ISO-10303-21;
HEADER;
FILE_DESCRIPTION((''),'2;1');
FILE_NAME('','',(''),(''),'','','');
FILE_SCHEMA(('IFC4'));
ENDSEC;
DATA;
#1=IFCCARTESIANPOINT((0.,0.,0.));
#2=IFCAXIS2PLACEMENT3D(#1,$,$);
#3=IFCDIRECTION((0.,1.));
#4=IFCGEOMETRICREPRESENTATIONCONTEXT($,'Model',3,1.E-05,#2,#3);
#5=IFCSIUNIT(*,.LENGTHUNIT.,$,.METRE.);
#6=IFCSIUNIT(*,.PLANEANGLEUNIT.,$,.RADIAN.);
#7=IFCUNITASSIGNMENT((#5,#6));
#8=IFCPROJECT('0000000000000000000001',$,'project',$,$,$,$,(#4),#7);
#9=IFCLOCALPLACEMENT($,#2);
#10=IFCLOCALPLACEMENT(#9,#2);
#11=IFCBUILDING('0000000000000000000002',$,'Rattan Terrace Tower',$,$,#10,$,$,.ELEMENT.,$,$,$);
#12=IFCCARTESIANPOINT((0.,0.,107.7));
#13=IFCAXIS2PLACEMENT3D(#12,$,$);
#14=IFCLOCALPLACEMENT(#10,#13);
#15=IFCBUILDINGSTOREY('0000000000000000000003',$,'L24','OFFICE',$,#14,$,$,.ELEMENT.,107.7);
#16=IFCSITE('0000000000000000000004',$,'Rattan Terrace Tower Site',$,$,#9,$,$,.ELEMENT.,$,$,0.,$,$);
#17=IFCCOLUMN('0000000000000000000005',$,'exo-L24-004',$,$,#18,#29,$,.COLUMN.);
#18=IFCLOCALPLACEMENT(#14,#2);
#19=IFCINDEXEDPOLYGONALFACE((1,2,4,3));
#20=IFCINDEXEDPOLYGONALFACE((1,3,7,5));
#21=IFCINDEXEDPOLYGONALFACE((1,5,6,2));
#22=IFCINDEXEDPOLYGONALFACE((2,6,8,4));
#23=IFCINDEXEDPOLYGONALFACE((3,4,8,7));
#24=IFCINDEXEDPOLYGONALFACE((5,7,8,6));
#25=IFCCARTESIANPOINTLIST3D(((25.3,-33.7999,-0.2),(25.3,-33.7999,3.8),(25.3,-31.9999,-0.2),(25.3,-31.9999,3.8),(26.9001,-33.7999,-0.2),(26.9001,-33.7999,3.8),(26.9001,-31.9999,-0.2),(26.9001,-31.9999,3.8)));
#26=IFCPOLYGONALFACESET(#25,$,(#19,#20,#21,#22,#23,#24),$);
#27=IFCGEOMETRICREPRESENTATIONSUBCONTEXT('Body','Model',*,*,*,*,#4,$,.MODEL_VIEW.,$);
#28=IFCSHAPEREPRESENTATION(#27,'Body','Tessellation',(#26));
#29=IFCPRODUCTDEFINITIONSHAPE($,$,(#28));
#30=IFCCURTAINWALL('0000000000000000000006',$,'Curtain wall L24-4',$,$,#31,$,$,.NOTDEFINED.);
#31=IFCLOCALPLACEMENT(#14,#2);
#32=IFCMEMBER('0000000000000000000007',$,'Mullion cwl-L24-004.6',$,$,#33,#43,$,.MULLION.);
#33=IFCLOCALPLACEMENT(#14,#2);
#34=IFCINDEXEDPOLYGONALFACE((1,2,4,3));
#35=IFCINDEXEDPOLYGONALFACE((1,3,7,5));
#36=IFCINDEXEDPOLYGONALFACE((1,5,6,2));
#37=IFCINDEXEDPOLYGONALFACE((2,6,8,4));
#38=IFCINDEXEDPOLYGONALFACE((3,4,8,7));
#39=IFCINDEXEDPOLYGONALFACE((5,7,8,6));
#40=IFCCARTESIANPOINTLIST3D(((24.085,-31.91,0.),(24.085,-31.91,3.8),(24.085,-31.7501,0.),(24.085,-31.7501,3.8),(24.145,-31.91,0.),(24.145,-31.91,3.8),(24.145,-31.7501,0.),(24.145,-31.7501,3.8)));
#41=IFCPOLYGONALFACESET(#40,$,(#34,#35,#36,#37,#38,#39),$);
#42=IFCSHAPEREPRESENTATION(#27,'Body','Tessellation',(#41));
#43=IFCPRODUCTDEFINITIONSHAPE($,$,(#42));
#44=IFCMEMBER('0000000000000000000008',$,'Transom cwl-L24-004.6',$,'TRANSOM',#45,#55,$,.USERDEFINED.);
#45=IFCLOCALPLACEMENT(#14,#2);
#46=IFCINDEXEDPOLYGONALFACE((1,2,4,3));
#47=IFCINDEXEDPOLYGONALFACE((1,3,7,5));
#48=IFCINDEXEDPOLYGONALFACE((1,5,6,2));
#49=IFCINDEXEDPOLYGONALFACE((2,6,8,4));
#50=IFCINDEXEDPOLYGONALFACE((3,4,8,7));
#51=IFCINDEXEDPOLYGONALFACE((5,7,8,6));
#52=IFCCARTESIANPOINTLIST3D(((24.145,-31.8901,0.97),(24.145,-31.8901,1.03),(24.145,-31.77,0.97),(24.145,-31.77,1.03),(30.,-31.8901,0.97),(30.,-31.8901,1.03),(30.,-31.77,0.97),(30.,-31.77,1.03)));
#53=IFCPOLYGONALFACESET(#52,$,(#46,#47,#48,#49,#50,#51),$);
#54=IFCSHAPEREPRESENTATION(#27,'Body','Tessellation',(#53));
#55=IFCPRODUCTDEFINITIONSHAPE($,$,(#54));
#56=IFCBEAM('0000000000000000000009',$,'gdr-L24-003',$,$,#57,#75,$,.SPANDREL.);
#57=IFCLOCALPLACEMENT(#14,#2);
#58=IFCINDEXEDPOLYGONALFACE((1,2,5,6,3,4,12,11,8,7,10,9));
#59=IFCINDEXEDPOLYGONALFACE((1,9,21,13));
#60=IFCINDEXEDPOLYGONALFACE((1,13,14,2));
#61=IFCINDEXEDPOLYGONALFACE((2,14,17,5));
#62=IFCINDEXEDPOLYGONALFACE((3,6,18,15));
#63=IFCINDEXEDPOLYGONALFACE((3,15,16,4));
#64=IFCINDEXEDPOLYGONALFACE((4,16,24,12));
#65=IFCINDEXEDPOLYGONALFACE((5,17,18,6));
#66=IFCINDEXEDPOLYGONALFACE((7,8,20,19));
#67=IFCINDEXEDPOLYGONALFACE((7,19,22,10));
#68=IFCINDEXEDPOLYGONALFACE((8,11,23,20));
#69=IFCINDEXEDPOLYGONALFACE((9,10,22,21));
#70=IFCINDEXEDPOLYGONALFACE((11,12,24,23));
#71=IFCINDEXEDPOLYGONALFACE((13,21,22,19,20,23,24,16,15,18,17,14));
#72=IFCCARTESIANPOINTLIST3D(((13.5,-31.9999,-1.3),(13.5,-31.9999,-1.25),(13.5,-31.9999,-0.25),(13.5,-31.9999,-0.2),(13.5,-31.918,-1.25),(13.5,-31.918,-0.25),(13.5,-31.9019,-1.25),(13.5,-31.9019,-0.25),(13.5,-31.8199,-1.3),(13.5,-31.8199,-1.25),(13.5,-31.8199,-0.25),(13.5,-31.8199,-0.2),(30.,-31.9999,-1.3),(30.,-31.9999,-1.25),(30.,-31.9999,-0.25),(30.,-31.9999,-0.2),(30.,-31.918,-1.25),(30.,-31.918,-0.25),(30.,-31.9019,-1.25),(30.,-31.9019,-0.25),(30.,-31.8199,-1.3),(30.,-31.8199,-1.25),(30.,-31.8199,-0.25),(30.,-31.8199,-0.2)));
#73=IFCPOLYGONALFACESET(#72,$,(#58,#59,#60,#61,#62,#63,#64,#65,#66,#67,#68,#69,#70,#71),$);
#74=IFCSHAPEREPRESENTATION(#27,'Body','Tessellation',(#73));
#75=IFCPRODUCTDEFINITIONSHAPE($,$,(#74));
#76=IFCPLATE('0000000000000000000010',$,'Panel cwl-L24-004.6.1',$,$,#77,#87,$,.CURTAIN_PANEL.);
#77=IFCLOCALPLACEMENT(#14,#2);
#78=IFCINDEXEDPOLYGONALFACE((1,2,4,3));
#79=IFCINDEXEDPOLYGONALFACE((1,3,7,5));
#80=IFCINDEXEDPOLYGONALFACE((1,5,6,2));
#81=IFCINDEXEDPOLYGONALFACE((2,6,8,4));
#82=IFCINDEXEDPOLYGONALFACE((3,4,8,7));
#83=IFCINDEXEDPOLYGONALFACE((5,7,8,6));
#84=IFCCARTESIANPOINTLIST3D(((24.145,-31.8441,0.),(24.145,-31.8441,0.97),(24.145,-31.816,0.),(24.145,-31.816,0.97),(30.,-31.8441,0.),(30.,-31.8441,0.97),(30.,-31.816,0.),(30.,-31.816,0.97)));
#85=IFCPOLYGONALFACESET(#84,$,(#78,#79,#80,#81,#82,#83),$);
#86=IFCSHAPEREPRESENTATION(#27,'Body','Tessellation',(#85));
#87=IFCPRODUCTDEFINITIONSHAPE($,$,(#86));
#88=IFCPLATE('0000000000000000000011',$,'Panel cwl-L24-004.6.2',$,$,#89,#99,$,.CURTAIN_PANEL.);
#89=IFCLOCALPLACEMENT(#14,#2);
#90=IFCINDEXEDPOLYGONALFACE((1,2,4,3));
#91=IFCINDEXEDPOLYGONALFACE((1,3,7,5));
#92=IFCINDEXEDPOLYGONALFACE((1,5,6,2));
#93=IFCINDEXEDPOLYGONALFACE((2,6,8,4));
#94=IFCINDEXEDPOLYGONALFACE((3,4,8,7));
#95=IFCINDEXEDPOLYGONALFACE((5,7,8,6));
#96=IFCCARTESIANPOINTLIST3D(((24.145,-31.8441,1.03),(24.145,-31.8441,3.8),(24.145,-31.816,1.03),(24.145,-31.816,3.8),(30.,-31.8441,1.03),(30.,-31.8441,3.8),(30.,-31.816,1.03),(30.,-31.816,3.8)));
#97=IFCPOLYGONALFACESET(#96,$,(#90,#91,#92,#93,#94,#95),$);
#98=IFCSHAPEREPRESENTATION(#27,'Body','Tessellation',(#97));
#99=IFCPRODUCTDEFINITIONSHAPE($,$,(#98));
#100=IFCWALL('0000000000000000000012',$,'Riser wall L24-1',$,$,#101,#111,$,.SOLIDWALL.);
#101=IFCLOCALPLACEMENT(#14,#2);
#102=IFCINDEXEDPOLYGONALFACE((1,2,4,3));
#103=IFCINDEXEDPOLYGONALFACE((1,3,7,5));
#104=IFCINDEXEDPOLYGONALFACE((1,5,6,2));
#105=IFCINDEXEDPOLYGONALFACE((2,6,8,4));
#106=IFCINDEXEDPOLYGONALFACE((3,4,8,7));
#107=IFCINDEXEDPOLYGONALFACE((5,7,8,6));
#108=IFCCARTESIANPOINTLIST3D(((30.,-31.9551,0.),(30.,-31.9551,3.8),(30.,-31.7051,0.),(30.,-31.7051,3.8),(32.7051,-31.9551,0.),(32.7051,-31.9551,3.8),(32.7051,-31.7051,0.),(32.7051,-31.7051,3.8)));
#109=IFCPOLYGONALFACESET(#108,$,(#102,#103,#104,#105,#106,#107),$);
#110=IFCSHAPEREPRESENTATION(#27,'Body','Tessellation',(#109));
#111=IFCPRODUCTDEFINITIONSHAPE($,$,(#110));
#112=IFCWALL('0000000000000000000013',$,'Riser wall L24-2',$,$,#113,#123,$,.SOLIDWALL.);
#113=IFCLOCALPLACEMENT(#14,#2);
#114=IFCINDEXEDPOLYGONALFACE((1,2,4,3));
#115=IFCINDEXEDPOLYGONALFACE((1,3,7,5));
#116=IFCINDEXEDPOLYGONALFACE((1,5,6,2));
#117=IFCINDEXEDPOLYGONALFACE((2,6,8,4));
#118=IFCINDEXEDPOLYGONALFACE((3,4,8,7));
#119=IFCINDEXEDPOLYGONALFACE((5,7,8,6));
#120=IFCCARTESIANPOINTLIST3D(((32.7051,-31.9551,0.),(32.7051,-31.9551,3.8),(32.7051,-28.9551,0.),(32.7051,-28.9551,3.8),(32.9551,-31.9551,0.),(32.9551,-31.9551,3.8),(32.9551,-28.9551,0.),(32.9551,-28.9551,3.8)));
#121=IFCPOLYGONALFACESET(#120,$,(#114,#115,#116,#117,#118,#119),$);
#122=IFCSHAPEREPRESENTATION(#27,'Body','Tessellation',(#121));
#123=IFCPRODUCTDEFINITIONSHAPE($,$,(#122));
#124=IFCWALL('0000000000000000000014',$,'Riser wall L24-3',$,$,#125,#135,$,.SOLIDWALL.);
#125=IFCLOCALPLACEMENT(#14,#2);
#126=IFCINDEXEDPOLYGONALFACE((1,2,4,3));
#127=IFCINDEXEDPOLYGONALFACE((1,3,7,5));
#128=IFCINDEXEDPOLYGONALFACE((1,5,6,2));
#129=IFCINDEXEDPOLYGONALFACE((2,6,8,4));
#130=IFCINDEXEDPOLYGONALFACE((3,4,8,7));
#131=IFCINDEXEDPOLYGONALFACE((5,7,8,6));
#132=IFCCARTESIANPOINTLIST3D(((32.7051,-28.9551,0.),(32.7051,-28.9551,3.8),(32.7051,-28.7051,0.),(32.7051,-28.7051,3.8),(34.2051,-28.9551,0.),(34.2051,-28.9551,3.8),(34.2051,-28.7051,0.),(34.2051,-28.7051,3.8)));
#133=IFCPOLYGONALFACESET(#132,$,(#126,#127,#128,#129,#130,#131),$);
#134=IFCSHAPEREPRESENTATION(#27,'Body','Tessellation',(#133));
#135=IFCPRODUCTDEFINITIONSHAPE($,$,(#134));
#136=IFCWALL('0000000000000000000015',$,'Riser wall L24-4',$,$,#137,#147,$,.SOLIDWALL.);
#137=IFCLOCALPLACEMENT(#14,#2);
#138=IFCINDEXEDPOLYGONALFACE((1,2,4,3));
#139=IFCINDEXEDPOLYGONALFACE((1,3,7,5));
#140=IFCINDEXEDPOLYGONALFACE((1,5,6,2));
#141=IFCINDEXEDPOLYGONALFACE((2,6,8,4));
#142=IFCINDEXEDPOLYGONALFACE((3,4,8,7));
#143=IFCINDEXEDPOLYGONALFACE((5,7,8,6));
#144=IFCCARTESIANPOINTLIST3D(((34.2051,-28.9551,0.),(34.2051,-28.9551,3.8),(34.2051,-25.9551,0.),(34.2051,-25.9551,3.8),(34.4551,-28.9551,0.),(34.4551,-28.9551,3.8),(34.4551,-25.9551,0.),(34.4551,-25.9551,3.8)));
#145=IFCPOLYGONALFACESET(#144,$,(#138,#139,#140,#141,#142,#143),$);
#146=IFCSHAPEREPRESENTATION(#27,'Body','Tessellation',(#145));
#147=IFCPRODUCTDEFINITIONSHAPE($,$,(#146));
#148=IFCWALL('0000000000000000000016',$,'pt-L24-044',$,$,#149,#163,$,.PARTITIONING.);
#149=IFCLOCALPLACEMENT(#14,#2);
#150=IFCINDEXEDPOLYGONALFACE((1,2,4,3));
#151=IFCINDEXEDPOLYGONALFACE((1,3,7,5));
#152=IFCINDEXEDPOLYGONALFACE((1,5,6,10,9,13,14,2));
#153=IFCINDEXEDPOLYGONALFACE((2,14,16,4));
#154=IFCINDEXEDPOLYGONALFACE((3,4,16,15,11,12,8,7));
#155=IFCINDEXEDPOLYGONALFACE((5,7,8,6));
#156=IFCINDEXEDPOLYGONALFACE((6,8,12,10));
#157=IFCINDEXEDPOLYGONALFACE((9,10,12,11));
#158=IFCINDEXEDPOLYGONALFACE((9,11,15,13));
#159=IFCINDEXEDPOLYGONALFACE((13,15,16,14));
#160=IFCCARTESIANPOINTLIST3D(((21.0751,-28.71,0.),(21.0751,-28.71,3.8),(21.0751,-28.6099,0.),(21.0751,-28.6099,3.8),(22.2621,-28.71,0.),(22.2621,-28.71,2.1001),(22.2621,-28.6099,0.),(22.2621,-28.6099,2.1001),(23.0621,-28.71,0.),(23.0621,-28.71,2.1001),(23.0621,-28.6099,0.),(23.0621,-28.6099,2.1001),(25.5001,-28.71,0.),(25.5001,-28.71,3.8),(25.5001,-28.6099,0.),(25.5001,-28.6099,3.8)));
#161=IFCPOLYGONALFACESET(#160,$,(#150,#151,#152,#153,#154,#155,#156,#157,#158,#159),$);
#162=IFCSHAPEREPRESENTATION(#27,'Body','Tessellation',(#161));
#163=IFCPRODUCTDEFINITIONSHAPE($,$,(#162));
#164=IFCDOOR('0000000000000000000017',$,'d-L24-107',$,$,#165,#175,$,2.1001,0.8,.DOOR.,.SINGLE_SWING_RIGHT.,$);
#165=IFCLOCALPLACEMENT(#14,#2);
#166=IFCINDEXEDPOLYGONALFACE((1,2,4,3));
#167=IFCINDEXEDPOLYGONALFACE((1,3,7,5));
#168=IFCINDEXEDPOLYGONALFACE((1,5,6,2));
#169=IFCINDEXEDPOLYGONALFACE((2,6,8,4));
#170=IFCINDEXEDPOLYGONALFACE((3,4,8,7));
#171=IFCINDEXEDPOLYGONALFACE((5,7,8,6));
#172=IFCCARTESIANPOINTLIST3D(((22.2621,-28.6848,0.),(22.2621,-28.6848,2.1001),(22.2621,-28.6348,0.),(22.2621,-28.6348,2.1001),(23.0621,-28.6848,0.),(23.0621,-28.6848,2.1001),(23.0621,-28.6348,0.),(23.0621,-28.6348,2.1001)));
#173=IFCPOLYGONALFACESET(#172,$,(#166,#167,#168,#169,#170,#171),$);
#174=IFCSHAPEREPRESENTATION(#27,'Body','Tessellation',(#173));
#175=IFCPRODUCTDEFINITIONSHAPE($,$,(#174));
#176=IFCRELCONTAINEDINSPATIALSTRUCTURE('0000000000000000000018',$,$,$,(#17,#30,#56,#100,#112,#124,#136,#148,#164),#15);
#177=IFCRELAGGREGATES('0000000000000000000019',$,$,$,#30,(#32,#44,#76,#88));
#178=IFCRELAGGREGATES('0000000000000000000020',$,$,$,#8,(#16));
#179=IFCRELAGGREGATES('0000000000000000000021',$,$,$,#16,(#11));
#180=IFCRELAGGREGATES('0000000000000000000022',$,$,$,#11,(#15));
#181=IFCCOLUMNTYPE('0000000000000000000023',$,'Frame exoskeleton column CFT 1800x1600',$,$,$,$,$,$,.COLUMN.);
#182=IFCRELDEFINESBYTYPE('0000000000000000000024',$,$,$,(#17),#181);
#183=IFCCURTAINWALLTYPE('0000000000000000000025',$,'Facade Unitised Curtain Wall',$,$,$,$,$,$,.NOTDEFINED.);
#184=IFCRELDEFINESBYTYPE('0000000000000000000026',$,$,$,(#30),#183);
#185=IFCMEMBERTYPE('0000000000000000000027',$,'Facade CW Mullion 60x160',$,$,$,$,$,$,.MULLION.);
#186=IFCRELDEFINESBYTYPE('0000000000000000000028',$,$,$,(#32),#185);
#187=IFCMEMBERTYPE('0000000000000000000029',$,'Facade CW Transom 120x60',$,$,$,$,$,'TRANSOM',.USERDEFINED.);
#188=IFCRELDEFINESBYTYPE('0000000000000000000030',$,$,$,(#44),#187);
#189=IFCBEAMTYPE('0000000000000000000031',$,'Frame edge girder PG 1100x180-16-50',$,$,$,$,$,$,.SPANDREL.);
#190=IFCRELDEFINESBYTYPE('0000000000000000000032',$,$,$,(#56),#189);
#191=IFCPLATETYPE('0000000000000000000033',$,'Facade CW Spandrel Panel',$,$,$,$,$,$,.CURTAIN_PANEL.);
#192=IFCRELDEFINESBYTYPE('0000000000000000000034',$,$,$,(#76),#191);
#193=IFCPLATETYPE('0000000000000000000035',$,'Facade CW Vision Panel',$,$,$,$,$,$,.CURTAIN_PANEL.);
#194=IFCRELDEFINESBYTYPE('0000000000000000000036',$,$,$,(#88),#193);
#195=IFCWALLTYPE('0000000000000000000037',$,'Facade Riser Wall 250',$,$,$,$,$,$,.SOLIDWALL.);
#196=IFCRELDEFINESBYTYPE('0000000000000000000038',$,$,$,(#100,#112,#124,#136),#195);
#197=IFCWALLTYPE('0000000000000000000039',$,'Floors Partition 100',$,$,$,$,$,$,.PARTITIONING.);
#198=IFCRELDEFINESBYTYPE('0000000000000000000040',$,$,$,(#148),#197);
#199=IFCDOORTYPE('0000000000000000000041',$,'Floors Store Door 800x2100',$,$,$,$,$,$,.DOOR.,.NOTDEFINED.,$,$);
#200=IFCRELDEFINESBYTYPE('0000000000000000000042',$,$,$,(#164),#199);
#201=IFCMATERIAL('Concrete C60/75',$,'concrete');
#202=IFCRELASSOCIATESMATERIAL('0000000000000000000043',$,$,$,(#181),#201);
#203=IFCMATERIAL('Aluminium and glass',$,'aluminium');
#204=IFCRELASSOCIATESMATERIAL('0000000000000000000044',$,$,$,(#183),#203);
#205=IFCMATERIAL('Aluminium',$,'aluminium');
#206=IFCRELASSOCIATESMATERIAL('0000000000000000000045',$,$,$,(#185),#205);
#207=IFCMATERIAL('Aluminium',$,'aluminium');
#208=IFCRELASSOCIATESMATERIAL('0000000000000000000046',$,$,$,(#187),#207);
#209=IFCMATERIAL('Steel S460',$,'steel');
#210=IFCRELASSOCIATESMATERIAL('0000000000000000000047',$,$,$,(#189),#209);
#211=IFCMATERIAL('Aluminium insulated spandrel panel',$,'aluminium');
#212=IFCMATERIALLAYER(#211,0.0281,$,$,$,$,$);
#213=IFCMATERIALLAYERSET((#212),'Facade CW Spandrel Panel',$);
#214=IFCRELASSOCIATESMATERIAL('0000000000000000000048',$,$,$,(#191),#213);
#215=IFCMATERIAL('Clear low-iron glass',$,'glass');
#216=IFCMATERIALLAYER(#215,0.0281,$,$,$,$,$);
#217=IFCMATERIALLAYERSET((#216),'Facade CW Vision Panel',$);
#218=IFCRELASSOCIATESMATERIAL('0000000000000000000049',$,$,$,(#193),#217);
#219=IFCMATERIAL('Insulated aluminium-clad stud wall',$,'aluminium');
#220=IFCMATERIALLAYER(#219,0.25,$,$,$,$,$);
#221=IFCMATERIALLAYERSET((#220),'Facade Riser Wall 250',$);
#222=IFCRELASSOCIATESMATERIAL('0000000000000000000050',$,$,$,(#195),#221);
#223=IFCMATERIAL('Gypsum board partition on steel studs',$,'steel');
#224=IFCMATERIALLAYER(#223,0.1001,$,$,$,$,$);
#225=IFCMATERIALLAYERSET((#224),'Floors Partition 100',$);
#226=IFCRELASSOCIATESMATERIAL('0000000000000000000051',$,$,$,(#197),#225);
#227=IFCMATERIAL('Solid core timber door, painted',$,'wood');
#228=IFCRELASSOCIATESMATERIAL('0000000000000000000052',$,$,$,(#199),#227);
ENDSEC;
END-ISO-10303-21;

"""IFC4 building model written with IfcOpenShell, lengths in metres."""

from ifc_helpers import new_model, si_unit, direction, frame, frame_2d, origin, origin_2d, place, context, subcontext, project, spatial, rectangle, i_section, extrude, material, layer, layer_set, material_profile, profile_set, type_object, element, fill, aggregate, save


model = new_model("IFC4")

# Units and contexts
model_context = context("Model", 3, precision=1e-05, world=origin(), true_north=direction((0.0, 1.0)))
body_context = subcontext(model_context, "Body", "Model", "MODEL_VIEW")
ifc_project = project(units=[si_unit("LENGTHUNIT", "METRE"), si_unit("PLANEANGLEUNIT", "RADIAN")], contexts=[model_context])

# Site, building, storey
site_placement = place(None, origin())
site = spatial("IfcSite", under=ifc_project, at=site_placement, Name="Rattan Terrace Tower Site", CompositionType="ELEMENT", RefElevation=0.0)
building_placement = place(site_placement, origin())
building = spatial("IfcBuilding", under=site, at=building_placement, Name="Rattan Terrace Tower", CompositionType="ELEMENT")
storey_placement = place(building_placement, frame((0.0, 0.0, 107.7)))
storey = spatial("IfcBuildingStorey", under=building, at=storey_placement, Name="L24", Description="OFFICE", CompositionType="ELEMENT", Elevation=107.7)

# Column
ifc_material_1 = material(Name="Concrete C60/75", Category="concrete")
ifc_material_profile_1 = material_profile(ifc_material_1, rectangle(XDim=1.6001, YDim=1.8, at=origin_2d()), Name="CFT 1800x1600")
ifc_profile_set_1 = profile_set([ifc_material_profile_1], Name="Concrete C60/75")
column_type = type_object("IfcColumnType", Name="Frame exoskeleton column CFT 1800x1600", PredefinedType="COLUMN", material=ifc_profile_set_1)
column_placement = place(storey_placement, frame((26.1001, -32.8999, -0.2), z_axis=(0.0, 0.0, 1.0), x_axis=(1.0, 0.0, 0.0)))
element("IfcColumn", 1, at=column_placement, inside=storey, type_object=column_type, Name="exo-L24-004", PredefinedType="COLUMN", context=body_context, shape_type="SweptSolid", body=[
    extrude(rectangle(XDim=1.6001, YDim=1.8, at=origin_2d()), origin(), (0.0, 0.0, 1.0), 4.0),
])

# Curtain wall, members
ifc_material_2 = material(Name="Aluminium and glass", Category="aluminium")
curtain_wall_type = type_object("IfcCurtainWallType", Name="Facade Unitised Curtain Wall", PredefinedType="NOTDEFINED", material=ifc_material_2)
curtain_wall_placement = place(storey_placement, origin())
curtain_wall = element("IfcCurtainWall", 2, at=curtain_wall_placement, inside=storey, type_object=curtain_wall_type, Name="Curtain wall L24-4", PredefinedType="NOTDEFINED")
ifc_material_3 = material(Name="Aluminium", Category="aluminium")
ifc_material_profile_2 = material_profile(ifc_material_3, rectangle(XDim=0.0601, YDim=0.1599, at=origin_2d()), Name="Aluminium 60x160")
ifc_profile_set_2 = profile_set([ifc_material_profile_2], Name="Aluminium")
member_type_1 = type_object("IfcMemberType", Name="Facade CW Mullion 60x160", PredefinedType="MULLION", material=ifc_profile_set_2)
member_1_placement = place(storey_placement, frame((24.115, -31.8301, 0.0), z_axis=(0.0, 0.0, 1.0), x_axis=(1.0, 0.0, 0.0)))
member_1 = element("IfcMember", 3, at=member_1_placement, type_object=member_type_1, Name="Mullion cwl-L24-004.6", PredefinedType="MULLION", context=body_context, shape_type="SweptSolid", body=[
    extrude(rectangle(XDim=0.0601, YDim=0.1599, at=origin_2d()), origin(), (0.0, 0.0, 1.0), 3.8),
])
ifc_material_4 = material(Name="Aluminium", Category="aluminium")
ifc_material_profile_3 = material_profile(ifc_material_4, rectangle(XDim=0.1201, YDim=0.0601, at=origin_2d()), Name="Aluminium 120x60")
ifc_profile_set_3 = profile_set([ifc_material_profile_3], Name="Aluminium")
member_type_2 = type_object("IfcMemberType", Name="Facade CW Transom 120x60", ElementType="TRANSOM", PredefinedType="USERDEFINED", material=ifc_profile_set_3)
member_2_placement = place(storey_placement, frame((24.145, -31.8301, 1.0), z_axis=(1.0, 0.0, 0.0), x_axis=(0.0, 1.0, 0.0)))
member_2 = element("IfcMember", 4, at=member_2_placement, type_object=member_type_2, Name="Transom cwl-L24-004.6", ObjectType="TRANSOM", PredefinedType="USERDEFINED", context=body_context, shape_type="SweptSolid", body=[
    extrude(rectangle(XDim=0.1201, YDim=0.0601, at=origin_2d()), origin(), (0.0, 0.0, 1.0), 5.855),
])

# Beam
ifc_material_5 = material(Name="Steel S460", Category="steel")
ifc_material_profile_4 = material_profile(ifc_material_5, i_section(OverallWidth=0.1799, OverallDepth=1.1001, WebThickness=0.0161, FlangeThickness=0.05, at=origin_2d()), Name="PG 1100x180-16-50")
ifc_profile_set_4 = profile_set([ifc_material_profile_4], Name="Steel S460")
beam_type = type_object("IfcBeamType", Name="Frame edge girder PG 1100x180-16-50", PredefinedType="SPANDREL", material=ifc_profile_set_4)
beam_placement = place(storey_placement, frame((30.0, -31.9099, -0.75), z_axis=(-1.0, 0.0, 0.0), x_axis=(0.0, -1.0, 0.0)))
element("IfcBeam", 5, at=beam_placement, inside=storey, type_object=beam_type, Name="gdr-L24-003", PredefinedType="SPANDREL", context=body_context, shape_type="SweptSolid", body=[
    extrude(i_section(OverallWidth=0.1799, OverallDepth=1.1001, WebThickness=0.0161, FlangeThickness=0.05, at=origin_2d()), origin(), (0.0, 0.0, 1.0), 16.5),
])

# Plates
ifc_material_6 = material(Name="Aluminium insulated spandrel panel", Category="aluminium")
ifc_layer_1 = layer(ifc_material_6, 0.0281)
ifc_layer_set_1 = layer_set([ifc_layer_1], Name="Facade CW Spandrel Panel")
plate_type_1 = type_object("IfcPlateType", Name="Facade CW Spandrel Panel", PredefinedType="CURTAIN_PANEL", material=ifc_layer_set_1)
plate_1_placement = place(storey_placement, frame((27.0725, -31.8301, 0.0), z_axis=(0.0, 0.0, 1.0), x_axis=(1.0, 0.0, 0.0)))
plate_1 = element("IfcPlate", 6, at=plate_1_placement, type_object=plate_type_1, Name="Panel cwl-L24-004.6.1", PredefinedType="CURTAIN_PANEL", context=body_context, shape_type="SweptSolid", body=[
    extrude(rectangle(XDim=5.855, YDim=0.0281, at=origin_2d()), origin(), (0.0, 0.0, 1.0), 0.97),
])
ifc_material_7 = material(Name="Clear low-iron glass", Category="glass")
ifc_layer_2 = layer(ifc_material_7, 0.0281)
ifc_layer_set_2 = layer_set([ifc_layer_2], Name="Facade CW Vision Panel")
plate_type_2 = type_object("IfcPlateType", Name="Facade CW Vision Panel", PredefinedType="CURTAIN_PANEL", material=ifc_layer_set_2)
plate_2_placement = place(storey_placement, frame((27.0725, -31.8301, 1.03), z_axis=(0.0, 0.0, 1.0), x_axis=(1.0, 0.0, 0.0)))
plate_2 = element("IfcPlate", 7, at=plate_2_placement, type_object=plate_type_2, Name="Panel cwl-L24-004.6.2", PredefinedType="CURTAIN_PANEL", context=body_context, shape_type="SweptSolid", body=[
    extrude(rectangle(XDim=5.855, YDim=0.0281, at=origin_2d()), origin(), (0.0, 0.0, 1.0), 2.77),
])
aggregate(curtain_wall, [member_1, member_2, plate_1, plate_2])

# Walls
ifc_material_8 = material(Name="Insulated aluminium-clad stud wall", Category="aluminium")
ifc_layer_3 = layer(ifc_material_8, 0.25)
ifc_layer_set_3 = layer_set([ifc_layer_3], Name="Facade Riser Wall 250")
wall_type_1 = type_object("IfcWallType", Name="Facade Riser Wall 250", PredefinedType="SOLIDWALL", material=ifc_layer_set_3)
wall_1_placement = place(storey_placement, frame((30.0, -31.8301, 0.0), z_axis=(0.0, 0.0, 1.0), x_axis=(1.0, 0.0, 0.0)))
element("IfcWall", 8, at=wall_1_placement, inside=storey, type_object=wall_type_1, Name="Riser wall L24-1", PredefinedType="SOLIDWALL", context=body_context, shape_type="SweptSolid", body=[
    extrude(rectangle(XDim=2.7051, YDim=0.25, at=frame_2d((1.3525, 0.0))), origin(), (0.0, 0.0, 1.0), 3.8),
])
wall_2_placement = place(storey_placement, frame((32.8301, -31.9551, 0.0), z_axis=(0.0, 0.0, 1.0), x_axis=(0.0, 1.0, 0.0)))
element("IfcWall", 9, at=wall_2_placement, inside=storey, type_object=wall_type_1, Name="Riser wall L24-2", PredefinedType="SOLIDWALL", context=body_context, shape_type="SweptSolid", body=[
    extrude(rectangle(XDim=3.0, YDim=0.25, at=frame_2d((1.5, 0.0))), origin(), (0.0, 0.0, 1.0), 3.8),
])
wall_3_placement = place(storey_placement, frame((32.7051, -28.8301, 0.0), z_axis=(0.0, 0.0, 1.0), x_axis=(1.0, 0.0, 0.0)))
element("IfcWall", 10, at=wall_3_placement, inside=storey, type_object=wall_type_1, Name="Riser wall L24-3", PredefinedType="SOLIDWALL", context=body_context, shape_type="SweptSolid", body=[
    extrude(rectangle(XDim=1.5, YDim=0.25, at=frame_2d((0.75, 0.0))), origin(), (0.0, 0.0, 1.0), 3.8),
])
wall_4_placement = place(storey_placement, frame((34.3301, -28.9551, 0.0), z_axis=(0.0, 0.0, 1.0), x_axis=(0.0, 1.0, 0.0)))
element("IfcWall", 11, at=wall_4_placement, inside=storey, type_object=wall_type_1, Name="Riser wall L24-4", PredefinedType="SOLIDWALL", context=body_context, shape_type="SweptSolid", body=[
    extrude(rectangle(XDim=3.0, YDim=0.25, at=frame_2d((1.5, 0.0))), origin(), (0.0, 0.0, 1.0), 3.8),
])

# Wall, opening, door
ifc_material_9 = material(Name="Gypsum board partition on steel studs", Category="steel")
ifc_layer_4 = layer(ifc_material_9, 0.1001)
ifc_layer_set_4 = layer_set([ifc_layer_4], Name="Floors Partition 100")
wall_type_2 = type_object("IfcWallType", Name="Floors Partition 100", PredefinedType="PARTITIONING", material=ifc_layer_set_4)
wall_5_placement = place(storey_placement, frame((25.5, -28.6599, 0.0), z_axis=(0.0, 0.0, 1.0), x_axis=(-1.0, 0.0, 0.0)))
wall_5 = element("IfcWall", 12, at=wall_5_placement, inside=storey, type_object=wall_type_2, Name="pt-L24-044", PredefinedType="PARTITIONING", context=body_context, shape_type="SweptSolid", body=[
    extrude(rectangle(XDim=4.425, YDim=0.1001, at=frame_2d((2.2124, 0.0))), origin(), (0.0, 0.0, 1.0), 3.8),
])
opening_placement = place(wall_5_placement, frame((2.438, 0.0, 0.0)))
opening = element("IfcOpeningElement", 13, at=opening_placement, cuts=wall_5, PredefinedType="OPENING", context=body_context, shape_type="SweptSolid", body=[
    extrude(rectangle(XDim=0.8, YDim=2.1001, at=frame_2d((0.3999, 1.05))), frame((0.0, 0.0605, 0.0), z_axis=(0.0, -1.0, 0.0), x_axis=(1.0, 0.0, 0.0)), (0.0, 0.0, 1.0), 0.1211),
])
ifc_material_10 = material(Name="Solid core timber door, painted", Category="wood")
door_type = type_object("IfcDoorType", Name="Floors Store Door 800x2100", OperationType="NOTDEFINED", PredefinedType="DOOR", material=ifc_material_10)
door_placement = place(opening_placement, origin())
door = element("IfcDoor", 14, at=door_placement, inside=storey, type_object=door_type, Name="d-L24-107", OperationType="SINGLE_SWING_RIGHT", OverallHeight=2.1001, OverallWidth=0.8, PredefinedType="DOOR", context=body_context, shape_type="SweptSolid", body=[
    extrude(rectangle(XDim=0.8, YDim=2.1001, at=frame_2d((0.3999, 1.05))), frame((0.0, 0.0249, 0.0), z_axis=(0.0, -1.0, 0.0), x_axis=(1.0, 0.0, 0.0)), (0.0, 0.0, 1.0), 0.05),
])
fill(opening, door)

save(model, "model.ifc")
